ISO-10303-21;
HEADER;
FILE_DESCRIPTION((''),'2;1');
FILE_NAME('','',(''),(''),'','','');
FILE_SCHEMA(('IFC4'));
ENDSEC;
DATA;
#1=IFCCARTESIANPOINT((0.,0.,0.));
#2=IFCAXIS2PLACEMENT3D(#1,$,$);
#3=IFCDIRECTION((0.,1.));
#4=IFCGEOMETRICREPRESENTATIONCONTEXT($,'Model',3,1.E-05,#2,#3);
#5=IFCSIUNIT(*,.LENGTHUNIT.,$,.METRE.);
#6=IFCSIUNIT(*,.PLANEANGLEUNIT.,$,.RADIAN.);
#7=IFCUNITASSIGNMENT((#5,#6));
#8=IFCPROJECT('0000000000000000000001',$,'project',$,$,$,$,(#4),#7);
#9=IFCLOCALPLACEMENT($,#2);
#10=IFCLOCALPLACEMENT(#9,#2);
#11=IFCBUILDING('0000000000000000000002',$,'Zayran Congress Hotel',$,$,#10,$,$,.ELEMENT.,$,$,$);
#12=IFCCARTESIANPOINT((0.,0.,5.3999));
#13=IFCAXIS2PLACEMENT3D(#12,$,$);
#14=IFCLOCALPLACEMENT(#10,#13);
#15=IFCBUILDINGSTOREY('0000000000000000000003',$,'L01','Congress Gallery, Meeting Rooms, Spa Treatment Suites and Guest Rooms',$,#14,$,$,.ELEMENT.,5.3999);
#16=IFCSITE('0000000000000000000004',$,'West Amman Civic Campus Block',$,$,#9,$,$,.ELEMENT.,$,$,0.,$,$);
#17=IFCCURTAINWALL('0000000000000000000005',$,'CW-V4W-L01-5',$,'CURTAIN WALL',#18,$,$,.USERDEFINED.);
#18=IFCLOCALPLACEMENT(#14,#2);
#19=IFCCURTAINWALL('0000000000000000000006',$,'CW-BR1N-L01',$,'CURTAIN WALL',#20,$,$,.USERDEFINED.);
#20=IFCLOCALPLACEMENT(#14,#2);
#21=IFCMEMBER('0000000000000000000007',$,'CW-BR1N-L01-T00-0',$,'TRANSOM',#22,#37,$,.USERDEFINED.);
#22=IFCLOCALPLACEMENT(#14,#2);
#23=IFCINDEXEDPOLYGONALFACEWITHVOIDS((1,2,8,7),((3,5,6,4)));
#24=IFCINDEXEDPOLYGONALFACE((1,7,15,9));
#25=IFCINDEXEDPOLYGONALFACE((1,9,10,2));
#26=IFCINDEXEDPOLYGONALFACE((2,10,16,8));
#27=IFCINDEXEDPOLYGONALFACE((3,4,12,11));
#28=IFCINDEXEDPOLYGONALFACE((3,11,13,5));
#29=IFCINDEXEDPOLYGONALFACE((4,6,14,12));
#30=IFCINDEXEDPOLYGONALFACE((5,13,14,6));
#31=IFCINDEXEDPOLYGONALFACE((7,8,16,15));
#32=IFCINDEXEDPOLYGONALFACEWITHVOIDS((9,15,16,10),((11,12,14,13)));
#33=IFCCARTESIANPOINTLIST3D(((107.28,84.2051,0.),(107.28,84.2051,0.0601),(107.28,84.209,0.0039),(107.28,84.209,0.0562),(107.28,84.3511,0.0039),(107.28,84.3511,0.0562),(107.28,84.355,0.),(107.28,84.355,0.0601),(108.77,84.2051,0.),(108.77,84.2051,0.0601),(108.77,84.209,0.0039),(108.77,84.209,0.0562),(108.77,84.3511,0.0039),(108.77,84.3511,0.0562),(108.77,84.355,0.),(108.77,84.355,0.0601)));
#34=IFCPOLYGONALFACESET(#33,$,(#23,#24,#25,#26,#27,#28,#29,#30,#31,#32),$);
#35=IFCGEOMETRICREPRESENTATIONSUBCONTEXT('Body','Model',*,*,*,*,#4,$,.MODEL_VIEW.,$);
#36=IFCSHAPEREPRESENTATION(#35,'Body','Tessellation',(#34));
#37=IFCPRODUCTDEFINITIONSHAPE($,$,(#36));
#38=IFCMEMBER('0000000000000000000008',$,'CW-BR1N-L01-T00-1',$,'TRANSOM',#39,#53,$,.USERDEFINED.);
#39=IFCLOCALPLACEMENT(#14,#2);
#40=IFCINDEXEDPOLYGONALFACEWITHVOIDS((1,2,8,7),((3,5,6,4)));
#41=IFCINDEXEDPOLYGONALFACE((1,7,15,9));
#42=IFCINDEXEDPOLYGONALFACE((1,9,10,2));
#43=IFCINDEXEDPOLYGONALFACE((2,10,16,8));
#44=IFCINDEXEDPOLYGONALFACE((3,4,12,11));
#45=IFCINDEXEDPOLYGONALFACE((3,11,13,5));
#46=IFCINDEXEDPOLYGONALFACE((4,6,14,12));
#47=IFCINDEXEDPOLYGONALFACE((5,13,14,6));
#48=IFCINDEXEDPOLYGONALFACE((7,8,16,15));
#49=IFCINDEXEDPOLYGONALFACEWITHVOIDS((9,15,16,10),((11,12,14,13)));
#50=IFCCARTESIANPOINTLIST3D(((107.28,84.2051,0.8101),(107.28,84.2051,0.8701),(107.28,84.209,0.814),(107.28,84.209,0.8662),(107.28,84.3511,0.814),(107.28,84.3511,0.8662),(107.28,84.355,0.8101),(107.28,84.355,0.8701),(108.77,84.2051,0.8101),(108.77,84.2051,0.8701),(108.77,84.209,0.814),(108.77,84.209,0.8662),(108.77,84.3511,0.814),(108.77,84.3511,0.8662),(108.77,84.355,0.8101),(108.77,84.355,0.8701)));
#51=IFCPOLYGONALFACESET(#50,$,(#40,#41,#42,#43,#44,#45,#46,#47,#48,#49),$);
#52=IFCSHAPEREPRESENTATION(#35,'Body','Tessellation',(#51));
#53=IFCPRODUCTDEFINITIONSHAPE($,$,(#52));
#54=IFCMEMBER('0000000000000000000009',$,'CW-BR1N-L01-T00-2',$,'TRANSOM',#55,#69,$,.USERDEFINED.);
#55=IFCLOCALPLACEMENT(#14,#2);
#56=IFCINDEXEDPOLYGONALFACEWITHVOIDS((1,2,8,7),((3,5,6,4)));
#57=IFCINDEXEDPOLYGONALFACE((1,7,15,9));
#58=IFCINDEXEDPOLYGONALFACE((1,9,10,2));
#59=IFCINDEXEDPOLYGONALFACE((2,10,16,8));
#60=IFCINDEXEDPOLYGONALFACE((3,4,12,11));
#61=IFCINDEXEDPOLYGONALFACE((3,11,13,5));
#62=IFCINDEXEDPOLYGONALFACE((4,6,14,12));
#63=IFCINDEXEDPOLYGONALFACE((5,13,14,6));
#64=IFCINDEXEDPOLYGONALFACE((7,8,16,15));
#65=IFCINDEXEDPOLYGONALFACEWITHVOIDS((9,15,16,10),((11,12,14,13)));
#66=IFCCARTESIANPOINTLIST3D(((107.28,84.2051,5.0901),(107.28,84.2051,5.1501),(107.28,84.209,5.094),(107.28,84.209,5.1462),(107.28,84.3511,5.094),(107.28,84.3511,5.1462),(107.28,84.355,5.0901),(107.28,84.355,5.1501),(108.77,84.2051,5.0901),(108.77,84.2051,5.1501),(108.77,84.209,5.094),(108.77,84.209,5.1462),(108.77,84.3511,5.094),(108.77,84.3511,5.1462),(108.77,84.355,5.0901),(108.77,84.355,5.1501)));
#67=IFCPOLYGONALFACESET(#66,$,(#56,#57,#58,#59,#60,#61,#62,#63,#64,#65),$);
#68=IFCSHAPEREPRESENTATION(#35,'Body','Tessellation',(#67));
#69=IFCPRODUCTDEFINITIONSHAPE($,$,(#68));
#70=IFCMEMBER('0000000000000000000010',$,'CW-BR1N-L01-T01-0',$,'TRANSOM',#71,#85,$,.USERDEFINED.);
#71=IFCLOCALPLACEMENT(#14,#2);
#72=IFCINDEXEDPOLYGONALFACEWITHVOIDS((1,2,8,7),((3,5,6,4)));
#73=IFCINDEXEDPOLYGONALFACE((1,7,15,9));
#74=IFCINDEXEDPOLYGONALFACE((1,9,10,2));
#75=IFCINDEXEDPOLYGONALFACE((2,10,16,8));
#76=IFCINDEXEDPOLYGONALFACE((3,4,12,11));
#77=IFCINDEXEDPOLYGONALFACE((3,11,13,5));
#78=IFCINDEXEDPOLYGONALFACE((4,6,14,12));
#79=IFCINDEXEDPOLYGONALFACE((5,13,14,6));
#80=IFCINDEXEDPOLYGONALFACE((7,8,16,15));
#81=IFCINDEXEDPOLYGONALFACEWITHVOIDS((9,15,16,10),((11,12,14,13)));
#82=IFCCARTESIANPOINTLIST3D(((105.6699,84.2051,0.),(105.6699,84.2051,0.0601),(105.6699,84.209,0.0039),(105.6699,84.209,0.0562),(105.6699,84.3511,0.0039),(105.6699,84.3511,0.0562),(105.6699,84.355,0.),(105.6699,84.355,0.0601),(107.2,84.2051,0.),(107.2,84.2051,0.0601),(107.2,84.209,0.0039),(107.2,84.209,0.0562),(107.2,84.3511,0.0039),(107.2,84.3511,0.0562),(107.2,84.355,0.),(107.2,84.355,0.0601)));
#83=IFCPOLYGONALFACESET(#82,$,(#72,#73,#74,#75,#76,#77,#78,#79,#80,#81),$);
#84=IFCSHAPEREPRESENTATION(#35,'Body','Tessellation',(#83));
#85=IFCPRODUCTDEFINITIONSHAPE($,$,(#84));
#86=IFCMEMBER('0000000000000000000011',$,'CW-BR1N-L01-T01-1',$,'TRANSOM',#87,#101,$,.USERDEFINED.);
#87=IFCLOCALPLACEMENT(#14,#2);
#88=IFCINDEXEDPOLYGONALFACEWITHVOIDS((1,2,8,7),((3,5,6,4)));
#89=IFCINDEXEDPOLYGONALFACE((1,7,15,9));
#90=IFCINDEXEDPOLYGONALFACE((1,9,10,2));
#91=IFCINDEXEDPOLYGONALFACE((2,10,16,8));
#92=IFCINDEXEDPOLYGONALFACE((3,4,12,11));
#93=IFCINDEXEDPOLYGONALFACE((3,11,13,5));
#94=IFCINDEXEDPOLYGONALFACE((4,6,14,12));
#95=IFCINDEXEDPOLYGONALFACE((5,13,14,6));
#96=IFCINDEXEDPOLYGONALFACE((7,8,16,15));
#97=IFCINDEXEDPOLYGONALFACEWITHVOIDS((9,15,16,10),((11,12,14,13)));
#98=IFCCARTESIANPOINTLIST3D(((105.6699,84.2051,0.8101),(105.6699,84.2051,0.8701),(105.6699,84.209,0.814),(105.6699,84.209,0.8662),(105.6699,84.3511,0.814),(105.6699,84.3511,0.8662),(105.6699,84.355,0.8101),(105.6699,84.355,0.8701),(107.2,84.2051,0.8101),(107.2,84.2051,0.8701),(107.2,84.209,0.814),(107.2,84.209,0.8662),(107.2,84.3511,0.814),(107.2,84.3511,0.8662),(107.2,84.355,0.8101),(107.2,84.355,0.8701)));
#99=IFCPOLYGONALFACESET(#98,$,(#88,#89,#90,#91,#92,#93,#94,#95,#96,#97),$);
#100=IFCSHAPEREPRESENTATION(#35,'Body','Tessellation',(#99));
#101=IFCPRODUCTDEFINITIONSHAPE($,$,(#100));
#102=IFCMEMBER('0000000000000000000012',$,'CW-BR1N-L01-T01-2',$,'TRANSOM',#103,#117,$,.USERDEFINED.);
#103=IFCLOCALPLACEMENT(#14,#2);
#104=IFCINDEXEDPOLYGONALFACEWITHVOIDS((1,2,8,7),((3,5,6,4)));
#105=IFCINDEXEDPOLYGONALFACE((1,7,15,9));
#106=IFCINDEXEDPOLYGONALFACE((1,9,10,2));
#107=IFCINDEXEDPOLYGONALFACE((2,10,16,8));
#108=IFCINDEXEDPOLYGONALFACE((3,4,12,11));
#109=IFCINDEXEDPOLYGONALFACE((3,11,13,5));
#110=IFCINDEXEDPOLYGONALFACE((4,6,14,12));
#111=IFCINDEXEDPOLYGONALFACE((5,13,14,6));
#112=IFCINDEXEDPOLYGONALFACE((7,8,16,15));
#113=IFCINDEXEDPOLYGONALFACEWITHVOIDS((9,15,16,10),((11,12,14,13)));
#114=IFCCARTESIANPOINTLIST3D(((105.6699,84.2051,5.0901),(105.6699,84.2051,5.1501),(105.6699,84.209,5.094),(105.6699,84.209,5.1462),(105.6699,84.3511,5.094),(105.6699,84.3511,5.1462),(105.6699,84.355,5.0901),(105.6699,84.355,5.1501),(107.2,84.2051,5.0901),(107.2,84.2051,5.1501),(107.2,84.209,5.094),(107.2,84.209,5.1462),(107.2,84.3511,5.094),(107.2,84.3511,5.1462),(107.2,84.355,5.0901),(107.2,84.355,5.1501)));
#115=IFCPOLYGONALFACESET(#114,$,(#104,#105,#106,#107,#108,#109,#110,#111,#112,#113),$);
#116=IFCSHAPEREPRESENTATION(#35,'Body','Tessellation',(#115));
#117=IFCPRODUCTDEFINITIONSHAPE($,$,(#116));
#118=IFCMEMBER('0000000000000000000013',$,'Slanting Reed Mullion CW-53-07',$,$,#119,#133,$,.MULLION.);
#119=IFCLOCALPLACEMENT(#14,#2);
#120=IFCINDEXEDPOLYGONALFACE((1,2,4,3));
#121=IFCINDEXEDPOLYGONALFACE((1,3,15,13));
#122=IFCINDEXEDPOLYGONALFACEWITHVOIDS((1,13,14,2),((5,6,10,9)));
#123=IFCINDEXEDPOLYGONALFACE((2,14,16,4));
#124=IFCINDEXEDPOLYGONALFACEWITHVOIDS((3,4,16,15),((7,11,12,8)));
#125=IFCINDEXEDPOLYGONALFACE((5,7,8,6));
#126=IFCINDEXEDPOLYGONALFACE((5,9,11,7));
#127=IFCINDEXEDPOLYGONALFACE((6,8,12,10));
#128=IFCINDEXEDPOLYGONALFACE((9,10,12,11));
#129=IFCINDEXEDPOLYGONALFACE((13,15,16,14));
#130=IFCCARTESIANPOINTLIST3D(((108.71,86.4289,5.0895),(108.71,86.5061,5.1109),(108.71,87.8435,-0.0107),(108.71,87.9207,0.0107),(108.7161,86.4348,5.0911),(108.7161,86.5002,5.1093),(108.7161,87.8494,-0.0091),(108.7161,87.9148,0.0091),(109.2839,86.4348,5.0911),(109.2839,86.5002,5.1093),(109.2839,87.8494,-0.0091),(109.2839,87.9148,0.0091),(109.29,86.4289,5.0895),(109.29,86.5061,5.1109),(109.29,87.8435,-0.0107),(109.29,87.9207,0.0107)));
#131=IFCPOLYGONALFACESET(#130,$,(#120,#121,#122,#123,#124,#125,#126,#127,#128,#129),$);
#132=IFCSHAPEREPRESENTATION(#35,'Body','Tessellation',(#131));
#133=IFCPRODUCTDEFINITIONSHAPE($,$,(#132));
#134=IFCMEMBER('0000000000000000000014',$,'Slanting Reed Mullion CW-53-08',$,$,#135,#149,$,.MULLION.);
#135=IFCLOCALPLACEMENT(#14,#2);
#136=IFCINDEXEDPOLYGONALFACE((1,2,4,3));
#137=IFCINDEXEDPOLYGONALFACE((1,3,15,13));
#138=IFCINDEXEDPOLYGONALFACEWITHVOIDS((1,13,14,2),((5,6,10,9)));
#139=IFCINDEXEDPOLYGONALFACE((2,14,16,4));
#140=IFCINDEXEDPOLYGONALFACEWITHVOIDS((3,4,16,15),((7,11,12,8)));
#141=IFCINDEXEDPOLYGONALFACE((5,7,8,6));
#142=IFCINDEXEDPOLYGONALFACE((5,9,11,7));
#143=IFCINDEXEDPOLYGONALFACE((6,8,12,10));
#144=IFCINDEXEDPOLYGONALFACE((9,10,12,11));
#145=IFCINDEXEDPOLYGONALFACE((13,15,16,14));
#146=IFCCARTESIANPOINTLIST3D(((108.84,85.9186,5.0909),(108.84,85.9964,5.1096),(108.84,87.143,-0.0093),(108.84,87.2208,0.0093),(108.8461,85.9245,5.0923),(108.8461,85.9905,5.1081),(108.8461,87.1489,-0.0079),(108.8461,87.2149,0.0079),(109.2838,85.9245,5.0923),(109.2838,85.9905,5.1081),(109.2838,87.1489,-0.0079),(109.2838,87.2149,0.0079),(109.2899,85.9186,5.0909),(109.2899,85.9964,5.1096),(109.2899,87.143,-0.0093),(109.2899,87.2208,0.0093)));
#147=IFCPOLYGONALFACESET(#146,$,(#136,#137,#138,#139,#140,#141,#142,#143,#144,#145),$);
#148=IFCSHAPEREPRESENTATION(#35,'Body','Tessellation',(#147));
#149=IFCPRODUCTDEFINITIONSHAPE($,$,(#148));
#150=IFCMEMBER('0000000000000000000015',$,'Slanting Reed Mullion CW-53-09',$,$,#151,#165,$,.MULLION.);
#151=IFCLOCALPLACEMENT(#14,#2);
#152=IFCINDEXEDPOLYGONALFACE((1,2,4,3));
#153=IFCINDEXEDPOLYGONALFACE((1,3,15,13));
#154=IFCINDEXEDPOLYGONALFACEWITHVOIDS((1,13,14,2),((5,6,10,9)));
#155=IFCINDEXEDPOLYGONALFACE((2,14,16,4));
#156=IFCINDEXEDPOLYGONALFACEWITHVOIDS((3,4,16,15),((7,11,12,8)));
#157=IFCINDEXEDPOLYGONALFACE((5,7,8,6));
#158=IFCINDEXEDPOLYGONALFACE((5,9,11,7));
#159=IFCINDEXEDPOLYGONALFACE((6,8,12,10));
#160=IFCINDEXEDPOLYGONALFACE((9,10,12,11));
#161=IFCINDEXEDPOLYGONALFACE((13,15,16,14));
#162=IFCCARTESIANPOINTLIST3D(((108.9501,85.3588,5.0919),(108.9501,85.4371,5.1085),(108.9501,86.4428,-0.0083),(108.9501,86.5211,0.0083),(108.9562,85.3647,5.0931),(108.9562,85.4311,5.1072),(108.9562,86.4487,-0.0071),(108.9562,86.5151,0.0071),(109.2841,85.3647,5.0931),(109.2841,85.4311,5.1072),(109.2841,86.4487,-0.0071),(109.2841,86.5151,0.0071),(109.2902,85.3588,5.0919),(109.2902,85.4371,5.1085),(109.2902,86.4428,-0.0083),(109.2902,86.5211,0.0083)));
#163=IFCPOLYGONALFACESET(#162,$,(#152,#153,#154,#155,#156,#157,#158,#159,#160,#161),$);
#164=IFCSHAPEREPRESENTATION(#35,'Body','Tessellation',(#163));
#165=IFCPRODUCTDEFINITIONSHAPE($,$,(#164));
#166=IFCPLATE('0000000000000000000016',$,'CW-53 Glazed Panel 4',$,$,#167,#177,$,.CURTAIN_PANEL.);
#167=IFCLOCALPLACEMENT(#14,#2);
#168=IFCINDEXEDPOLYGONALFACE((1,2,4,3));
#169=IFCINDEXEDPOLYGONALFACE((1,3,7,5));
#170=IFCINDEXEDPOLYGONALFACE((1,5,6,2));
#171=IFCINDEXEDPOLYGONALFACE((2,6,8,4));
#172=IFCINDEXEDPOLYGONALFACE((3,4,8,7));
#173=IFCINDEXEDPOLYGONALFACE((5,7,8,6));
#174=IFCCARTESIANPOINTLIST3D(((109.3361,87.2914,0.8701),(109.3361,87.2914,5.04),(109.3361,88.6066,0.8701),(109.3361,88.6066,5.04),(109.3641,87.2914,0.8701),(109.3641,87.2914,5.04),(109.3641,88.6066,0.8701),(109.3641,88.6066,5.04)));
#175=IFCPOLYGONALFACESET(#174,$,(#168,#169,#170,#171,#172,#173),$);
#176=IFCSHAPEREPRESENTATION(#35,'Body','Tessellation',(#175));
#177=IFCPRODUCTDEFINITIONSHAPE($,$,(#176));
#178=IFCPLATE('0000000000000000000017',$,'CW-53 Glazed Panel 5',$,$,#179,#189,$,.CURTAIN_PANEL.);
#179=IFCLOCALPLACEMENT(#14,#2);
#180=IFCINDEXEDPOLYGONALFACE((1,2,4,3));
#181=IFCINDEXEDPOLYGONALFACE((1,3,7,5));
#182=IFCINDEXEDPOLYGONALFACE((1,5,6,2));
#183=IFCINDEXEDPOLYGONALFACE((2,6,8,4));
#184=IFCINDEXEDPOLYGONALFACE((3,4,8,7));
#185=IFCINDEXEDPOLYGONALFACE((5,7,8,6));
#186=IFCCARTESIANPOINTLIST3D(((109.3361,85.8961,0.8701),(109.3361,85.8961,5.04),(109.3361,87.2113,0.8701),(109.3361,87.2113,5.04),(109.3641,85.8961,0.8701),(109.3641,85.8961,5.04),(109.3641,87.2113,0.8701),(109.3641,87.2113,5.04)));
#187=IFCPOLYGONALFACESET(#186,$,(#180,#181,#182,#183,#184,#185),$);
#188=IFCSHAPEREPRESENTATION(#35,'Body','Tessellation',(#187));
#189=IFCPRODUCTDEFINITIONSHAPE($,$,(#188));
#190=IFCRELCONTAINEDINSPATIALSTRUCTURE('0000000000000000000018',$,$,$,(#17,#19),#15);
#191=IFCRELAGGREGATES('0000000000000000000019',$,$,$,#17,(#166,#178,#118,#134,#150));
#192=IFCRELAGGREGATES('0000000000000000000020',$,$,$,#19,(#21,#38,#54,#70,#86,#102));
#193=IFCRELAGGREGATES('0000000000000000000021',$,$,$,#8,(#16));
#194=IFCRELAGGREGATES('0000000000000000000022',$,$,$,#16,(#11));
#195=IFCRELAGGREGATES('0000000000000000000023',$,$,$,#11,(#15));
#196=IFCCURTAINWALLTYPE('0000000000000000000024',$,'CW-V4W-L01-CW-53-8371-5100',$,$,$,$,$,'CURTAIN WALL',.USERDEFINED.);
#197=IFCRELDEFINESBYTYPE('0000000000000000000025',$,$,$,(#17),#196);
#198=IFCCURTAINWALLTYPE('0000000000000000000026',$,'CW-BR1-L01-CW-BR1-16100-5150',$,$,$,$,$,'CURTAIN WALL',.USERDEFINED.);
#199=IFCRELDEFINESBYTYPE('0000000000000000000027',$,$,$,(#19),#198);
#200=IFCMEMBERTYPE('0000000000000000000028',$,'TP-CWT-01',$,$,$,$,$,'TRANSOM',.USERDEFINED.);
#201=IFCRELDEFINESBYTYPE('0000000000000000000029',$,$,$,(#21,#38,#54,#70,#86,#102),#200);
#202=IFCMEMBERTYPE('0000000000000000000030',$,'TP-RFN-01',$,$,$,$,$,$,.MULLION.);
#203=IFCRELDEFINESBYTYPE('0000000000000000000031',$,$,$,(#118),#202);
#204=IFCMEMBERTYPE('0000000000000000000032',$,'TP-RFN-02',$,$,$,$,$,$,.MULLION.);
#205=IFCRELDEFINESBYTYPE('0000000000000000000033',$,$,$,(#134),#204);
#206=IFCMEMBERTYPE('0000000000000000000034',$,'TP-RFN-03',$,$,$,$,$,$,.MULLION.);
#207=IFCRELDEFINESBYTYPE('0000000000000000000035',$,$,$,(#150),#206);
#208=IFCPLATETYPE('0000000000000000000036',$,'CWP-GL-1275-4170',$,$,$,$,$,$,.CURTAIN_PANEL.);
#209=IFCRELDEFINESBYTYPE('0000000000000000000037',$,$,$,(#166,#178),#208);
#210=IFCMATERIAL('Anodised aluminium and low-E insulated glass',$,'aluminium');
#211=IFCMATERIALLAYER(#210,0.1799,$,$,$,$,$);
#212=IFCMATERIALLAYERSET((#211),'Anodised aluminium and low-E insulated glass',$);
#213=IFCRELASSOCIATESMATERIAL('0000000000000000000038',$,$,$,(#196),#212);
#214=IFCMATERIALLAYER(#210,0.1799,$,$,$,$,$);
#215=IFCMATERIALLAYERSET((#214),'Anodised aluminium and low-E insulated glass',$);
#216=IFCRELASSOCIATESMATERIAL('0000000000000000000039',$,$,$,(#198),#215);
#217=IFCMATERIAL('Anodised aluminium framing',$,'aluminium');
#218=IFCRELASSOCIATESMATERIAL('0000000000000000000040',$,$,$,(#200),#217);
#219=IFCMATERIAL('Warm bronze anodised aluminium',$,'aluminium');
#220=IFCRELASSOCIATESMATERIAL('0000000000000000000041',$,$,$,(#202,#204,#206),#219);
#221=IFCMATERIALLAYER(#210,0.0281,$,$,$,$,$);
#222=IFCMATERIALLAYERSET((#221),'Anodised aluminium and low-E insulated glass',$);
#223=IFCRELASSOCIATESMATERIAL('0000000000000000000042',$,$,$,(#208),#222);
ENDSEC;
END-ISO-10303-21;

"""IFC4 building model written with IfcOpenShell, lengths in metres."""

from ifc_helpers import new_model, si_unit, direction, frame, origin, origin_2d, place, context, subcontext, project, spatial, rectangle, hollow_rectangle, extrude, material, layer, layer_set, material_profile, profile_set, type_object, element, aggregate, save


model = new_model("IFC4")

# Units and contexts
model_context = context("Model", 3, precision=1e-05, world=origin(), true_north=direction((0.0, 1.0)))
body_context = subcontext(model_context, "Body", "Model", "MODEL_VIEW")
ifc_project = project(units=[si_unit("LENGTHUNIT", "METRE"), si_unit("PLANEANGLEUNIT", "RADIAN")], contexts=[model_context])

# Site, building, storey
site_placement = place(None, origin())
site = spatial("IfcSite", under=ifc_project, at=site_placement, Name="West Amman Civic Campus Block", CompositionType="ELEMENT", RefElevation=0.0)
building_placement = place(site_placement, origin())
building = spatial("IfcBuilding", under=site, at=building_placement, Name="Zayran Congress Hotel", CompositionType="ELEMENT")
storey_placement = place(building_placement, frame((0.0, 0.0, 5.3999)))
storey = spatial("IfcBuildingStorey", under=building, at=storey_placement, Name="L01", Description="Congress Gallery, Meeting Rooms, Spa Treatment Suites and Guest Rooms", CompositionType="ELEMENT", Elevation=5.3999)

# Curtain walls
ifc_material_1 = material(Name="Anodised aluminium and low-E insulated glass", Category="aluminium")
ifc_layer_1 = layer(ifc_material_1, 0.1799)
ifc_layer_set_1 = layer_set([ifc_layer_1], Name="Anodised aluminium and low-E insulated glass")
curtain_wall_type_1 = type_object("IfcCurtainWallType", Name="CW-V4W-L01-CW-53-8371-5100", ElementType="CURTAIN WALL", PredefinedType="USERDEFINED", material=ifc_layer_set_1)
curtain_wall_1_placement = place(storey_placement, origin())
curtain_wall_1 = element("IfcCurtainWall", 1, at=curtain_wall_1_placement, inside=storey, type_object=curtain_wall_type_1, Name="CW-V4W-L01-5", ObjectType="CURTAIN WALL", PredefinedType="USERDEFINED")
ifc_material_2 = material(Name="Anodised aluminium framing", Category="aluminium")
ifc_layer_2 = layer(ifc_material_1, 0.1799)
ifc_layer_set_2 = layer_set([ifc_layer_2], Name="Anodised aluminium and low-E insulated glass")
curtain_wall_type_2 = type_object("IfcCurtainWallType", Name="CW-BR1-L01-CW-BR1-16100-5150", ElementType="CURTAIN WALL", PredefinedType="USERDEFINED", material=ifc_layer_set_2)
curtain_wall_2_placement = place(storey_placement, origin())
curtain_wall_2 = element("IfcCurtainWall", 2, at=curtain_wall_2_placement, inside=storey, type_object=curtain_wall_type_2, Name="CW-BR1N-L01", ObjectType="CURTAIN WALL", PredefinedType="USERDEFINED")

# Members
ifc_material_profile_1 = material_profile(ifc_material_2, hollow_rectangle(XDim=0.0601, YDim=0.1499, WallThickness=0.0039, at=origin_2d()), Name="RHS 150x60x4")
ifc_profile_set_1 = profile_set([ifc_material_profile_1], Name="Anodised aluminium framing")
member_type_1 = type_object("IfcMemberType", Name="TP-CWT-01", ElementType="TRANSOM", PredefinedType="USERDEFINED", material=ifc_profile_set_1)
member_1_placement = place(storey_placement, frame((108.77, 84.28, 0.03), z_axis=(-1.0, 0.0, 0.0), x_axis=(0.0, 0.0, 1.0)))
member_1 = element("IfcMember", 3, at=member_1_placement, type_object=member_type_1, Name="CW-BR1N-L01-T00-0", ObjectType="TRANSOM", PredefinedType="USERDEFINED", context=body_context, shape_type="SweptSolid", body=[
    extrude(hollow_rectangle(XDim=0.0601, YDim=0.1499, WallThickness=0.0039, at=origin_2d()), origin(), (0.0, 0.0, 1.0), 1.49),
])
member_2_placement = place(storey_placement, frame((108.77, 84.28, 0.8401), z_axis=(-1.0, 0.0, 0.0), x_axis=(0.0, 0.0, 1.0)))
member_2 = element("IfcMember", 4, at=member_2_placement, type_object=member_type_1, Name="CW-BR1N-L01-T00-1", ObjectType="TRANSOM", PredefinedType="USERDEFINED", context=body_context, shape_type="SweptSolid", body=[
    extrude(hollow_rectangle(XDim=0.0601, YDim=0.1499, WallThickness=0.0039, at=origin_2d()), origin(), (0.0, 0.0, 1.0), 1.49),
])
member_3_placement = place(storey_placement, frame((108.77, 84.28, 5.1201), z_axis=(-1.0, 0.0, 0.0), x_axis=(0.0, 0.0, 1.0)))
member_3 = element("IfcMember", 5, at=member_3_placement, type_object=member_type_1, Name="CW-BR1N-L01-T00-2", ObjectType="TRANSOM", PredefinedType="USERDEFINED", context=body_context, shape_type="SweptSolid", body=[
    extrude(hollow_rectangle(XDim=0.0601, YDim=0.1499, WallThickness=0.0039, at=origin_2d()), origin(), (0.0, 0.0, 1.0), 1.49),
])
member_4_placement = place(storey_placement, frame((107.2, 84.28, 0.03), z_axis=(-1.0, 0.0, 0.0), x_axis=(0.0, 0.0, 1.0)))
member_4 = element("IfcMember", 6, at=member_4_placement, type_object=member_type_1, Name="CW-BR1N-L01-T01-0", ObjectType="TRANSOM", PredefinedType="USERDEFINED", context=body_context, shape_type="SweptSolid", body=[
    extrude(hollow_rectangle(XDim=0.0601, YDim=0.1499, WallThickness=0.0039, at=origin_2d()), origin(), (0.0, 0.0, 1.0), 1.53),
])
member_5_placement = place(storey_placement, frame((107.2, 84.28, 0.8401), z_axis=(-1.0, 0.0, 0.0), x_axis=(0.0, 0.0, 1.0)))
member_5 = element("IfcMember", 7, at=member_5_placement, type_object=member_type_1, Name="CW-BR1N-L01-T01-1", ObjectType="TRANSOM", PredefinedType="USERDEFINED", context=body_context, shape_type="SweptSolid", body=[
    extrude(hollow_rectangle(XDim=0.0601, YDim=0.1499, WallThickness=0.0039, at=origin_2d()), origin(), (0.0, 0.0, 1.0), 1.53),
])
member_6_placement = place(storey_placement, frame((107.2, 84.28, 5.1201), z_axis=(-1.0, 0.0, 0.0), x_axis=(0.0, 0.0, 1.0)))
member_6 = element("IfcMember", 8, at=member_6_placement, type_object=member_type_1, Name="CW-BR1N-L01-T01-2", ObjectType="TRANSOM", PredefinedType="USERDEFINED", context=body_context, shape_type="SweptSolid", body=[
    extrude(hollow_rectangle(XDim=0.0601, YDim=0.1499, WallThickness=0.0039, at=origin_2d()), origin(), (0.0, 0.0, 1.0), 1.53),
])
ifc_material_3 = material(Name="Warm bronze anodised aluminium", Category="aluminium")
ifc_material_profile_2 = material_profile(ifc_material_3, hollow_rectangle(XDim=0.0801, YDim=0.5801, WallThickness=0.0061, at=origin_2d()), Name="RHS 580x80x6")
ifc_profile_set_2 = profile_set([ifc_material_profile_2], Name="Warm bronze anodised aluminium")
member_type_2 = type_object("IfcMemberType", Name="TP-RFN-01", PredefinedType="MULLION", material=ifc_profile_set_2)
member_7_placement = place(storey_placement, frame((109.0, 87.8821, 0.0), z_axis=(0.0, -0.267268, 0.963622), x_axis=(0.0, 0.963622, 0.267268)))
member_7 = element("IfcMember", 9, at=member_7_placement, type_object=member_type_2, Name="Slanting Reed Mullion CW-53-07", PredefinedType="MULLION", context=body_context, shape_type="SweptSolid", body=[
    extrude(hollow_rectangle(XDim=0.0801, YDim=0.5801, WallThickness=0.0061, at=origin_2d()), origin(), (0.0, 0.0, 1.0), 5.2927),
])
ifc_material_profile_3 = material_profile(ifc_material_3, hollow_rectangle(XDim=0.0801, YDim=0.45, WallThickness=0.0061, at=origin_2d()), Name="RHS 450x80x6")
ifc_profile_set_3 = profile_set([ifc_material_profile_3], Name="Warm bronze anodised aluminium")
member_type_3 = type_object("IfcMemberType", Name="TP-RFN-02", PredefinedType="MULLION", material=ifc_profile_set_3)
member_8_placement = place(storey_placement, frame((109.0649, 87.1819, 0.0), z_axis=(0.0, -0.233435, 0.972373), x_axis=(0.0, 0.972373, 0.233435)))
member_8 = element("IfcMember", 10, at=member_8_placement, type_object=member_type_3, Name="Slanting Reed Mullion CW-53-08", PredefinedType="MULLION", context=body_context, shape_type="SweptSolid", body=[
    extrude(hollow_rectangle(XDim=0.0801, YDim=0.45, WallThickness=0.0061, at=origin_2d()), origin(), (0.0, 0.0, 1.0), 5.2451),
])
ifc_material_profile_4 = material_profile(ifc_material_3, hollow_rectangle(XDim=0.0801, YDim=0.3401, WallThickness=0.0061, at=origin_2d()), Name="RHS 340x80x6")
ifc_profile_set_4 = profile_set([ifc_material_profile_4], Name="Warm bronze anodised aluminium")
member_type_4 = type_object("IfcMemberType", Name="TP-RFN-03", PredefinedType="MULLION", material=ifc_profile_set_4)
member_9_placement = place(storey_placement, frame((109.1201, 86.4819, 0.0), z_axis=(0.0, -0.207898, 0.978151), x_axis=(0.0, 0.978151, 0.207898)))
member_9 = element("IfcMember", 11, at=member_9_placement, type_object=member_type_4, Name="Slanting Reed Mullion CW-53-09", PredefinedType="MULLION", context=body_context, shape_type="SweptSolid", body=[
    extrude(hollow_rectangle(XDim=0.0801, YDim=0.3401, WallThickness=0.0061, at=origin_2d()), origin(), (0.0, 0.0, 1.0), 5.2141),
])

# Plates
ifc_layer_3 = layer(ifc_material_1, 0.0281)
ifc_layer_set_3 = layer_set([ifc_layer_3], Name="Anodised aluminium and low-E insulated glass")
plate_type_1 = type_object("IfcPlateType", Name="CWP-GL-1275-4170", PredefinedType="CURTAIN_PANEL", material=ifc_layer_set_3)
plate_1_placement = place(storey_placement, frame((109.3501, 87.949, 0.8701), z_axis=(0.0, 0.0, 1.0), x_axis=(0.0, 1.0, 0.0)))
plate_1 = element("IfcPlate", 12, at=plate_1_placement, type_object=plate_type_1, Name="CW-53 Glazed Panel 4", PredefinedType="CURTAIN_PANEL", context=body_context, shape_type="SweptSolid", body=[
    extrude(rectangle(XDim=1.3152, YDim=0.0281, at=origin_2d()), origin(), (0.0, 0.0, 1.0), 4.1699),
])
plate_2_placement = place(storey_placement, frame((109.3501, 86.5537, 0.8701), z_axis=(0.0, 0.0, 1.0), x_axis=(0.0, 1.0, 0.0)))
plate_2 = element("IfcPlate", 13, at=plate_2_placement, type_object=plate_type_1, Name="CW-53 Glazed Panel 5", PredefinedType="CURTAIN_PANEL", context=body_context, shape_type="SweptSolid", body=[
    extrude(rectangle(XDim=1.3152, YDim=0.0281, at=origin_2d()), origin(), (0.0, 0.0, 1.0), 4.1699),
])
aggregate(curtain_wall_1, [plate_1, plate_2, member_7, member_8, member_9])
aggregate(curtain_wall_2, [member_1, member_2, member_3, member_4, member_5, member_6])

save(model, "model.ifc")
